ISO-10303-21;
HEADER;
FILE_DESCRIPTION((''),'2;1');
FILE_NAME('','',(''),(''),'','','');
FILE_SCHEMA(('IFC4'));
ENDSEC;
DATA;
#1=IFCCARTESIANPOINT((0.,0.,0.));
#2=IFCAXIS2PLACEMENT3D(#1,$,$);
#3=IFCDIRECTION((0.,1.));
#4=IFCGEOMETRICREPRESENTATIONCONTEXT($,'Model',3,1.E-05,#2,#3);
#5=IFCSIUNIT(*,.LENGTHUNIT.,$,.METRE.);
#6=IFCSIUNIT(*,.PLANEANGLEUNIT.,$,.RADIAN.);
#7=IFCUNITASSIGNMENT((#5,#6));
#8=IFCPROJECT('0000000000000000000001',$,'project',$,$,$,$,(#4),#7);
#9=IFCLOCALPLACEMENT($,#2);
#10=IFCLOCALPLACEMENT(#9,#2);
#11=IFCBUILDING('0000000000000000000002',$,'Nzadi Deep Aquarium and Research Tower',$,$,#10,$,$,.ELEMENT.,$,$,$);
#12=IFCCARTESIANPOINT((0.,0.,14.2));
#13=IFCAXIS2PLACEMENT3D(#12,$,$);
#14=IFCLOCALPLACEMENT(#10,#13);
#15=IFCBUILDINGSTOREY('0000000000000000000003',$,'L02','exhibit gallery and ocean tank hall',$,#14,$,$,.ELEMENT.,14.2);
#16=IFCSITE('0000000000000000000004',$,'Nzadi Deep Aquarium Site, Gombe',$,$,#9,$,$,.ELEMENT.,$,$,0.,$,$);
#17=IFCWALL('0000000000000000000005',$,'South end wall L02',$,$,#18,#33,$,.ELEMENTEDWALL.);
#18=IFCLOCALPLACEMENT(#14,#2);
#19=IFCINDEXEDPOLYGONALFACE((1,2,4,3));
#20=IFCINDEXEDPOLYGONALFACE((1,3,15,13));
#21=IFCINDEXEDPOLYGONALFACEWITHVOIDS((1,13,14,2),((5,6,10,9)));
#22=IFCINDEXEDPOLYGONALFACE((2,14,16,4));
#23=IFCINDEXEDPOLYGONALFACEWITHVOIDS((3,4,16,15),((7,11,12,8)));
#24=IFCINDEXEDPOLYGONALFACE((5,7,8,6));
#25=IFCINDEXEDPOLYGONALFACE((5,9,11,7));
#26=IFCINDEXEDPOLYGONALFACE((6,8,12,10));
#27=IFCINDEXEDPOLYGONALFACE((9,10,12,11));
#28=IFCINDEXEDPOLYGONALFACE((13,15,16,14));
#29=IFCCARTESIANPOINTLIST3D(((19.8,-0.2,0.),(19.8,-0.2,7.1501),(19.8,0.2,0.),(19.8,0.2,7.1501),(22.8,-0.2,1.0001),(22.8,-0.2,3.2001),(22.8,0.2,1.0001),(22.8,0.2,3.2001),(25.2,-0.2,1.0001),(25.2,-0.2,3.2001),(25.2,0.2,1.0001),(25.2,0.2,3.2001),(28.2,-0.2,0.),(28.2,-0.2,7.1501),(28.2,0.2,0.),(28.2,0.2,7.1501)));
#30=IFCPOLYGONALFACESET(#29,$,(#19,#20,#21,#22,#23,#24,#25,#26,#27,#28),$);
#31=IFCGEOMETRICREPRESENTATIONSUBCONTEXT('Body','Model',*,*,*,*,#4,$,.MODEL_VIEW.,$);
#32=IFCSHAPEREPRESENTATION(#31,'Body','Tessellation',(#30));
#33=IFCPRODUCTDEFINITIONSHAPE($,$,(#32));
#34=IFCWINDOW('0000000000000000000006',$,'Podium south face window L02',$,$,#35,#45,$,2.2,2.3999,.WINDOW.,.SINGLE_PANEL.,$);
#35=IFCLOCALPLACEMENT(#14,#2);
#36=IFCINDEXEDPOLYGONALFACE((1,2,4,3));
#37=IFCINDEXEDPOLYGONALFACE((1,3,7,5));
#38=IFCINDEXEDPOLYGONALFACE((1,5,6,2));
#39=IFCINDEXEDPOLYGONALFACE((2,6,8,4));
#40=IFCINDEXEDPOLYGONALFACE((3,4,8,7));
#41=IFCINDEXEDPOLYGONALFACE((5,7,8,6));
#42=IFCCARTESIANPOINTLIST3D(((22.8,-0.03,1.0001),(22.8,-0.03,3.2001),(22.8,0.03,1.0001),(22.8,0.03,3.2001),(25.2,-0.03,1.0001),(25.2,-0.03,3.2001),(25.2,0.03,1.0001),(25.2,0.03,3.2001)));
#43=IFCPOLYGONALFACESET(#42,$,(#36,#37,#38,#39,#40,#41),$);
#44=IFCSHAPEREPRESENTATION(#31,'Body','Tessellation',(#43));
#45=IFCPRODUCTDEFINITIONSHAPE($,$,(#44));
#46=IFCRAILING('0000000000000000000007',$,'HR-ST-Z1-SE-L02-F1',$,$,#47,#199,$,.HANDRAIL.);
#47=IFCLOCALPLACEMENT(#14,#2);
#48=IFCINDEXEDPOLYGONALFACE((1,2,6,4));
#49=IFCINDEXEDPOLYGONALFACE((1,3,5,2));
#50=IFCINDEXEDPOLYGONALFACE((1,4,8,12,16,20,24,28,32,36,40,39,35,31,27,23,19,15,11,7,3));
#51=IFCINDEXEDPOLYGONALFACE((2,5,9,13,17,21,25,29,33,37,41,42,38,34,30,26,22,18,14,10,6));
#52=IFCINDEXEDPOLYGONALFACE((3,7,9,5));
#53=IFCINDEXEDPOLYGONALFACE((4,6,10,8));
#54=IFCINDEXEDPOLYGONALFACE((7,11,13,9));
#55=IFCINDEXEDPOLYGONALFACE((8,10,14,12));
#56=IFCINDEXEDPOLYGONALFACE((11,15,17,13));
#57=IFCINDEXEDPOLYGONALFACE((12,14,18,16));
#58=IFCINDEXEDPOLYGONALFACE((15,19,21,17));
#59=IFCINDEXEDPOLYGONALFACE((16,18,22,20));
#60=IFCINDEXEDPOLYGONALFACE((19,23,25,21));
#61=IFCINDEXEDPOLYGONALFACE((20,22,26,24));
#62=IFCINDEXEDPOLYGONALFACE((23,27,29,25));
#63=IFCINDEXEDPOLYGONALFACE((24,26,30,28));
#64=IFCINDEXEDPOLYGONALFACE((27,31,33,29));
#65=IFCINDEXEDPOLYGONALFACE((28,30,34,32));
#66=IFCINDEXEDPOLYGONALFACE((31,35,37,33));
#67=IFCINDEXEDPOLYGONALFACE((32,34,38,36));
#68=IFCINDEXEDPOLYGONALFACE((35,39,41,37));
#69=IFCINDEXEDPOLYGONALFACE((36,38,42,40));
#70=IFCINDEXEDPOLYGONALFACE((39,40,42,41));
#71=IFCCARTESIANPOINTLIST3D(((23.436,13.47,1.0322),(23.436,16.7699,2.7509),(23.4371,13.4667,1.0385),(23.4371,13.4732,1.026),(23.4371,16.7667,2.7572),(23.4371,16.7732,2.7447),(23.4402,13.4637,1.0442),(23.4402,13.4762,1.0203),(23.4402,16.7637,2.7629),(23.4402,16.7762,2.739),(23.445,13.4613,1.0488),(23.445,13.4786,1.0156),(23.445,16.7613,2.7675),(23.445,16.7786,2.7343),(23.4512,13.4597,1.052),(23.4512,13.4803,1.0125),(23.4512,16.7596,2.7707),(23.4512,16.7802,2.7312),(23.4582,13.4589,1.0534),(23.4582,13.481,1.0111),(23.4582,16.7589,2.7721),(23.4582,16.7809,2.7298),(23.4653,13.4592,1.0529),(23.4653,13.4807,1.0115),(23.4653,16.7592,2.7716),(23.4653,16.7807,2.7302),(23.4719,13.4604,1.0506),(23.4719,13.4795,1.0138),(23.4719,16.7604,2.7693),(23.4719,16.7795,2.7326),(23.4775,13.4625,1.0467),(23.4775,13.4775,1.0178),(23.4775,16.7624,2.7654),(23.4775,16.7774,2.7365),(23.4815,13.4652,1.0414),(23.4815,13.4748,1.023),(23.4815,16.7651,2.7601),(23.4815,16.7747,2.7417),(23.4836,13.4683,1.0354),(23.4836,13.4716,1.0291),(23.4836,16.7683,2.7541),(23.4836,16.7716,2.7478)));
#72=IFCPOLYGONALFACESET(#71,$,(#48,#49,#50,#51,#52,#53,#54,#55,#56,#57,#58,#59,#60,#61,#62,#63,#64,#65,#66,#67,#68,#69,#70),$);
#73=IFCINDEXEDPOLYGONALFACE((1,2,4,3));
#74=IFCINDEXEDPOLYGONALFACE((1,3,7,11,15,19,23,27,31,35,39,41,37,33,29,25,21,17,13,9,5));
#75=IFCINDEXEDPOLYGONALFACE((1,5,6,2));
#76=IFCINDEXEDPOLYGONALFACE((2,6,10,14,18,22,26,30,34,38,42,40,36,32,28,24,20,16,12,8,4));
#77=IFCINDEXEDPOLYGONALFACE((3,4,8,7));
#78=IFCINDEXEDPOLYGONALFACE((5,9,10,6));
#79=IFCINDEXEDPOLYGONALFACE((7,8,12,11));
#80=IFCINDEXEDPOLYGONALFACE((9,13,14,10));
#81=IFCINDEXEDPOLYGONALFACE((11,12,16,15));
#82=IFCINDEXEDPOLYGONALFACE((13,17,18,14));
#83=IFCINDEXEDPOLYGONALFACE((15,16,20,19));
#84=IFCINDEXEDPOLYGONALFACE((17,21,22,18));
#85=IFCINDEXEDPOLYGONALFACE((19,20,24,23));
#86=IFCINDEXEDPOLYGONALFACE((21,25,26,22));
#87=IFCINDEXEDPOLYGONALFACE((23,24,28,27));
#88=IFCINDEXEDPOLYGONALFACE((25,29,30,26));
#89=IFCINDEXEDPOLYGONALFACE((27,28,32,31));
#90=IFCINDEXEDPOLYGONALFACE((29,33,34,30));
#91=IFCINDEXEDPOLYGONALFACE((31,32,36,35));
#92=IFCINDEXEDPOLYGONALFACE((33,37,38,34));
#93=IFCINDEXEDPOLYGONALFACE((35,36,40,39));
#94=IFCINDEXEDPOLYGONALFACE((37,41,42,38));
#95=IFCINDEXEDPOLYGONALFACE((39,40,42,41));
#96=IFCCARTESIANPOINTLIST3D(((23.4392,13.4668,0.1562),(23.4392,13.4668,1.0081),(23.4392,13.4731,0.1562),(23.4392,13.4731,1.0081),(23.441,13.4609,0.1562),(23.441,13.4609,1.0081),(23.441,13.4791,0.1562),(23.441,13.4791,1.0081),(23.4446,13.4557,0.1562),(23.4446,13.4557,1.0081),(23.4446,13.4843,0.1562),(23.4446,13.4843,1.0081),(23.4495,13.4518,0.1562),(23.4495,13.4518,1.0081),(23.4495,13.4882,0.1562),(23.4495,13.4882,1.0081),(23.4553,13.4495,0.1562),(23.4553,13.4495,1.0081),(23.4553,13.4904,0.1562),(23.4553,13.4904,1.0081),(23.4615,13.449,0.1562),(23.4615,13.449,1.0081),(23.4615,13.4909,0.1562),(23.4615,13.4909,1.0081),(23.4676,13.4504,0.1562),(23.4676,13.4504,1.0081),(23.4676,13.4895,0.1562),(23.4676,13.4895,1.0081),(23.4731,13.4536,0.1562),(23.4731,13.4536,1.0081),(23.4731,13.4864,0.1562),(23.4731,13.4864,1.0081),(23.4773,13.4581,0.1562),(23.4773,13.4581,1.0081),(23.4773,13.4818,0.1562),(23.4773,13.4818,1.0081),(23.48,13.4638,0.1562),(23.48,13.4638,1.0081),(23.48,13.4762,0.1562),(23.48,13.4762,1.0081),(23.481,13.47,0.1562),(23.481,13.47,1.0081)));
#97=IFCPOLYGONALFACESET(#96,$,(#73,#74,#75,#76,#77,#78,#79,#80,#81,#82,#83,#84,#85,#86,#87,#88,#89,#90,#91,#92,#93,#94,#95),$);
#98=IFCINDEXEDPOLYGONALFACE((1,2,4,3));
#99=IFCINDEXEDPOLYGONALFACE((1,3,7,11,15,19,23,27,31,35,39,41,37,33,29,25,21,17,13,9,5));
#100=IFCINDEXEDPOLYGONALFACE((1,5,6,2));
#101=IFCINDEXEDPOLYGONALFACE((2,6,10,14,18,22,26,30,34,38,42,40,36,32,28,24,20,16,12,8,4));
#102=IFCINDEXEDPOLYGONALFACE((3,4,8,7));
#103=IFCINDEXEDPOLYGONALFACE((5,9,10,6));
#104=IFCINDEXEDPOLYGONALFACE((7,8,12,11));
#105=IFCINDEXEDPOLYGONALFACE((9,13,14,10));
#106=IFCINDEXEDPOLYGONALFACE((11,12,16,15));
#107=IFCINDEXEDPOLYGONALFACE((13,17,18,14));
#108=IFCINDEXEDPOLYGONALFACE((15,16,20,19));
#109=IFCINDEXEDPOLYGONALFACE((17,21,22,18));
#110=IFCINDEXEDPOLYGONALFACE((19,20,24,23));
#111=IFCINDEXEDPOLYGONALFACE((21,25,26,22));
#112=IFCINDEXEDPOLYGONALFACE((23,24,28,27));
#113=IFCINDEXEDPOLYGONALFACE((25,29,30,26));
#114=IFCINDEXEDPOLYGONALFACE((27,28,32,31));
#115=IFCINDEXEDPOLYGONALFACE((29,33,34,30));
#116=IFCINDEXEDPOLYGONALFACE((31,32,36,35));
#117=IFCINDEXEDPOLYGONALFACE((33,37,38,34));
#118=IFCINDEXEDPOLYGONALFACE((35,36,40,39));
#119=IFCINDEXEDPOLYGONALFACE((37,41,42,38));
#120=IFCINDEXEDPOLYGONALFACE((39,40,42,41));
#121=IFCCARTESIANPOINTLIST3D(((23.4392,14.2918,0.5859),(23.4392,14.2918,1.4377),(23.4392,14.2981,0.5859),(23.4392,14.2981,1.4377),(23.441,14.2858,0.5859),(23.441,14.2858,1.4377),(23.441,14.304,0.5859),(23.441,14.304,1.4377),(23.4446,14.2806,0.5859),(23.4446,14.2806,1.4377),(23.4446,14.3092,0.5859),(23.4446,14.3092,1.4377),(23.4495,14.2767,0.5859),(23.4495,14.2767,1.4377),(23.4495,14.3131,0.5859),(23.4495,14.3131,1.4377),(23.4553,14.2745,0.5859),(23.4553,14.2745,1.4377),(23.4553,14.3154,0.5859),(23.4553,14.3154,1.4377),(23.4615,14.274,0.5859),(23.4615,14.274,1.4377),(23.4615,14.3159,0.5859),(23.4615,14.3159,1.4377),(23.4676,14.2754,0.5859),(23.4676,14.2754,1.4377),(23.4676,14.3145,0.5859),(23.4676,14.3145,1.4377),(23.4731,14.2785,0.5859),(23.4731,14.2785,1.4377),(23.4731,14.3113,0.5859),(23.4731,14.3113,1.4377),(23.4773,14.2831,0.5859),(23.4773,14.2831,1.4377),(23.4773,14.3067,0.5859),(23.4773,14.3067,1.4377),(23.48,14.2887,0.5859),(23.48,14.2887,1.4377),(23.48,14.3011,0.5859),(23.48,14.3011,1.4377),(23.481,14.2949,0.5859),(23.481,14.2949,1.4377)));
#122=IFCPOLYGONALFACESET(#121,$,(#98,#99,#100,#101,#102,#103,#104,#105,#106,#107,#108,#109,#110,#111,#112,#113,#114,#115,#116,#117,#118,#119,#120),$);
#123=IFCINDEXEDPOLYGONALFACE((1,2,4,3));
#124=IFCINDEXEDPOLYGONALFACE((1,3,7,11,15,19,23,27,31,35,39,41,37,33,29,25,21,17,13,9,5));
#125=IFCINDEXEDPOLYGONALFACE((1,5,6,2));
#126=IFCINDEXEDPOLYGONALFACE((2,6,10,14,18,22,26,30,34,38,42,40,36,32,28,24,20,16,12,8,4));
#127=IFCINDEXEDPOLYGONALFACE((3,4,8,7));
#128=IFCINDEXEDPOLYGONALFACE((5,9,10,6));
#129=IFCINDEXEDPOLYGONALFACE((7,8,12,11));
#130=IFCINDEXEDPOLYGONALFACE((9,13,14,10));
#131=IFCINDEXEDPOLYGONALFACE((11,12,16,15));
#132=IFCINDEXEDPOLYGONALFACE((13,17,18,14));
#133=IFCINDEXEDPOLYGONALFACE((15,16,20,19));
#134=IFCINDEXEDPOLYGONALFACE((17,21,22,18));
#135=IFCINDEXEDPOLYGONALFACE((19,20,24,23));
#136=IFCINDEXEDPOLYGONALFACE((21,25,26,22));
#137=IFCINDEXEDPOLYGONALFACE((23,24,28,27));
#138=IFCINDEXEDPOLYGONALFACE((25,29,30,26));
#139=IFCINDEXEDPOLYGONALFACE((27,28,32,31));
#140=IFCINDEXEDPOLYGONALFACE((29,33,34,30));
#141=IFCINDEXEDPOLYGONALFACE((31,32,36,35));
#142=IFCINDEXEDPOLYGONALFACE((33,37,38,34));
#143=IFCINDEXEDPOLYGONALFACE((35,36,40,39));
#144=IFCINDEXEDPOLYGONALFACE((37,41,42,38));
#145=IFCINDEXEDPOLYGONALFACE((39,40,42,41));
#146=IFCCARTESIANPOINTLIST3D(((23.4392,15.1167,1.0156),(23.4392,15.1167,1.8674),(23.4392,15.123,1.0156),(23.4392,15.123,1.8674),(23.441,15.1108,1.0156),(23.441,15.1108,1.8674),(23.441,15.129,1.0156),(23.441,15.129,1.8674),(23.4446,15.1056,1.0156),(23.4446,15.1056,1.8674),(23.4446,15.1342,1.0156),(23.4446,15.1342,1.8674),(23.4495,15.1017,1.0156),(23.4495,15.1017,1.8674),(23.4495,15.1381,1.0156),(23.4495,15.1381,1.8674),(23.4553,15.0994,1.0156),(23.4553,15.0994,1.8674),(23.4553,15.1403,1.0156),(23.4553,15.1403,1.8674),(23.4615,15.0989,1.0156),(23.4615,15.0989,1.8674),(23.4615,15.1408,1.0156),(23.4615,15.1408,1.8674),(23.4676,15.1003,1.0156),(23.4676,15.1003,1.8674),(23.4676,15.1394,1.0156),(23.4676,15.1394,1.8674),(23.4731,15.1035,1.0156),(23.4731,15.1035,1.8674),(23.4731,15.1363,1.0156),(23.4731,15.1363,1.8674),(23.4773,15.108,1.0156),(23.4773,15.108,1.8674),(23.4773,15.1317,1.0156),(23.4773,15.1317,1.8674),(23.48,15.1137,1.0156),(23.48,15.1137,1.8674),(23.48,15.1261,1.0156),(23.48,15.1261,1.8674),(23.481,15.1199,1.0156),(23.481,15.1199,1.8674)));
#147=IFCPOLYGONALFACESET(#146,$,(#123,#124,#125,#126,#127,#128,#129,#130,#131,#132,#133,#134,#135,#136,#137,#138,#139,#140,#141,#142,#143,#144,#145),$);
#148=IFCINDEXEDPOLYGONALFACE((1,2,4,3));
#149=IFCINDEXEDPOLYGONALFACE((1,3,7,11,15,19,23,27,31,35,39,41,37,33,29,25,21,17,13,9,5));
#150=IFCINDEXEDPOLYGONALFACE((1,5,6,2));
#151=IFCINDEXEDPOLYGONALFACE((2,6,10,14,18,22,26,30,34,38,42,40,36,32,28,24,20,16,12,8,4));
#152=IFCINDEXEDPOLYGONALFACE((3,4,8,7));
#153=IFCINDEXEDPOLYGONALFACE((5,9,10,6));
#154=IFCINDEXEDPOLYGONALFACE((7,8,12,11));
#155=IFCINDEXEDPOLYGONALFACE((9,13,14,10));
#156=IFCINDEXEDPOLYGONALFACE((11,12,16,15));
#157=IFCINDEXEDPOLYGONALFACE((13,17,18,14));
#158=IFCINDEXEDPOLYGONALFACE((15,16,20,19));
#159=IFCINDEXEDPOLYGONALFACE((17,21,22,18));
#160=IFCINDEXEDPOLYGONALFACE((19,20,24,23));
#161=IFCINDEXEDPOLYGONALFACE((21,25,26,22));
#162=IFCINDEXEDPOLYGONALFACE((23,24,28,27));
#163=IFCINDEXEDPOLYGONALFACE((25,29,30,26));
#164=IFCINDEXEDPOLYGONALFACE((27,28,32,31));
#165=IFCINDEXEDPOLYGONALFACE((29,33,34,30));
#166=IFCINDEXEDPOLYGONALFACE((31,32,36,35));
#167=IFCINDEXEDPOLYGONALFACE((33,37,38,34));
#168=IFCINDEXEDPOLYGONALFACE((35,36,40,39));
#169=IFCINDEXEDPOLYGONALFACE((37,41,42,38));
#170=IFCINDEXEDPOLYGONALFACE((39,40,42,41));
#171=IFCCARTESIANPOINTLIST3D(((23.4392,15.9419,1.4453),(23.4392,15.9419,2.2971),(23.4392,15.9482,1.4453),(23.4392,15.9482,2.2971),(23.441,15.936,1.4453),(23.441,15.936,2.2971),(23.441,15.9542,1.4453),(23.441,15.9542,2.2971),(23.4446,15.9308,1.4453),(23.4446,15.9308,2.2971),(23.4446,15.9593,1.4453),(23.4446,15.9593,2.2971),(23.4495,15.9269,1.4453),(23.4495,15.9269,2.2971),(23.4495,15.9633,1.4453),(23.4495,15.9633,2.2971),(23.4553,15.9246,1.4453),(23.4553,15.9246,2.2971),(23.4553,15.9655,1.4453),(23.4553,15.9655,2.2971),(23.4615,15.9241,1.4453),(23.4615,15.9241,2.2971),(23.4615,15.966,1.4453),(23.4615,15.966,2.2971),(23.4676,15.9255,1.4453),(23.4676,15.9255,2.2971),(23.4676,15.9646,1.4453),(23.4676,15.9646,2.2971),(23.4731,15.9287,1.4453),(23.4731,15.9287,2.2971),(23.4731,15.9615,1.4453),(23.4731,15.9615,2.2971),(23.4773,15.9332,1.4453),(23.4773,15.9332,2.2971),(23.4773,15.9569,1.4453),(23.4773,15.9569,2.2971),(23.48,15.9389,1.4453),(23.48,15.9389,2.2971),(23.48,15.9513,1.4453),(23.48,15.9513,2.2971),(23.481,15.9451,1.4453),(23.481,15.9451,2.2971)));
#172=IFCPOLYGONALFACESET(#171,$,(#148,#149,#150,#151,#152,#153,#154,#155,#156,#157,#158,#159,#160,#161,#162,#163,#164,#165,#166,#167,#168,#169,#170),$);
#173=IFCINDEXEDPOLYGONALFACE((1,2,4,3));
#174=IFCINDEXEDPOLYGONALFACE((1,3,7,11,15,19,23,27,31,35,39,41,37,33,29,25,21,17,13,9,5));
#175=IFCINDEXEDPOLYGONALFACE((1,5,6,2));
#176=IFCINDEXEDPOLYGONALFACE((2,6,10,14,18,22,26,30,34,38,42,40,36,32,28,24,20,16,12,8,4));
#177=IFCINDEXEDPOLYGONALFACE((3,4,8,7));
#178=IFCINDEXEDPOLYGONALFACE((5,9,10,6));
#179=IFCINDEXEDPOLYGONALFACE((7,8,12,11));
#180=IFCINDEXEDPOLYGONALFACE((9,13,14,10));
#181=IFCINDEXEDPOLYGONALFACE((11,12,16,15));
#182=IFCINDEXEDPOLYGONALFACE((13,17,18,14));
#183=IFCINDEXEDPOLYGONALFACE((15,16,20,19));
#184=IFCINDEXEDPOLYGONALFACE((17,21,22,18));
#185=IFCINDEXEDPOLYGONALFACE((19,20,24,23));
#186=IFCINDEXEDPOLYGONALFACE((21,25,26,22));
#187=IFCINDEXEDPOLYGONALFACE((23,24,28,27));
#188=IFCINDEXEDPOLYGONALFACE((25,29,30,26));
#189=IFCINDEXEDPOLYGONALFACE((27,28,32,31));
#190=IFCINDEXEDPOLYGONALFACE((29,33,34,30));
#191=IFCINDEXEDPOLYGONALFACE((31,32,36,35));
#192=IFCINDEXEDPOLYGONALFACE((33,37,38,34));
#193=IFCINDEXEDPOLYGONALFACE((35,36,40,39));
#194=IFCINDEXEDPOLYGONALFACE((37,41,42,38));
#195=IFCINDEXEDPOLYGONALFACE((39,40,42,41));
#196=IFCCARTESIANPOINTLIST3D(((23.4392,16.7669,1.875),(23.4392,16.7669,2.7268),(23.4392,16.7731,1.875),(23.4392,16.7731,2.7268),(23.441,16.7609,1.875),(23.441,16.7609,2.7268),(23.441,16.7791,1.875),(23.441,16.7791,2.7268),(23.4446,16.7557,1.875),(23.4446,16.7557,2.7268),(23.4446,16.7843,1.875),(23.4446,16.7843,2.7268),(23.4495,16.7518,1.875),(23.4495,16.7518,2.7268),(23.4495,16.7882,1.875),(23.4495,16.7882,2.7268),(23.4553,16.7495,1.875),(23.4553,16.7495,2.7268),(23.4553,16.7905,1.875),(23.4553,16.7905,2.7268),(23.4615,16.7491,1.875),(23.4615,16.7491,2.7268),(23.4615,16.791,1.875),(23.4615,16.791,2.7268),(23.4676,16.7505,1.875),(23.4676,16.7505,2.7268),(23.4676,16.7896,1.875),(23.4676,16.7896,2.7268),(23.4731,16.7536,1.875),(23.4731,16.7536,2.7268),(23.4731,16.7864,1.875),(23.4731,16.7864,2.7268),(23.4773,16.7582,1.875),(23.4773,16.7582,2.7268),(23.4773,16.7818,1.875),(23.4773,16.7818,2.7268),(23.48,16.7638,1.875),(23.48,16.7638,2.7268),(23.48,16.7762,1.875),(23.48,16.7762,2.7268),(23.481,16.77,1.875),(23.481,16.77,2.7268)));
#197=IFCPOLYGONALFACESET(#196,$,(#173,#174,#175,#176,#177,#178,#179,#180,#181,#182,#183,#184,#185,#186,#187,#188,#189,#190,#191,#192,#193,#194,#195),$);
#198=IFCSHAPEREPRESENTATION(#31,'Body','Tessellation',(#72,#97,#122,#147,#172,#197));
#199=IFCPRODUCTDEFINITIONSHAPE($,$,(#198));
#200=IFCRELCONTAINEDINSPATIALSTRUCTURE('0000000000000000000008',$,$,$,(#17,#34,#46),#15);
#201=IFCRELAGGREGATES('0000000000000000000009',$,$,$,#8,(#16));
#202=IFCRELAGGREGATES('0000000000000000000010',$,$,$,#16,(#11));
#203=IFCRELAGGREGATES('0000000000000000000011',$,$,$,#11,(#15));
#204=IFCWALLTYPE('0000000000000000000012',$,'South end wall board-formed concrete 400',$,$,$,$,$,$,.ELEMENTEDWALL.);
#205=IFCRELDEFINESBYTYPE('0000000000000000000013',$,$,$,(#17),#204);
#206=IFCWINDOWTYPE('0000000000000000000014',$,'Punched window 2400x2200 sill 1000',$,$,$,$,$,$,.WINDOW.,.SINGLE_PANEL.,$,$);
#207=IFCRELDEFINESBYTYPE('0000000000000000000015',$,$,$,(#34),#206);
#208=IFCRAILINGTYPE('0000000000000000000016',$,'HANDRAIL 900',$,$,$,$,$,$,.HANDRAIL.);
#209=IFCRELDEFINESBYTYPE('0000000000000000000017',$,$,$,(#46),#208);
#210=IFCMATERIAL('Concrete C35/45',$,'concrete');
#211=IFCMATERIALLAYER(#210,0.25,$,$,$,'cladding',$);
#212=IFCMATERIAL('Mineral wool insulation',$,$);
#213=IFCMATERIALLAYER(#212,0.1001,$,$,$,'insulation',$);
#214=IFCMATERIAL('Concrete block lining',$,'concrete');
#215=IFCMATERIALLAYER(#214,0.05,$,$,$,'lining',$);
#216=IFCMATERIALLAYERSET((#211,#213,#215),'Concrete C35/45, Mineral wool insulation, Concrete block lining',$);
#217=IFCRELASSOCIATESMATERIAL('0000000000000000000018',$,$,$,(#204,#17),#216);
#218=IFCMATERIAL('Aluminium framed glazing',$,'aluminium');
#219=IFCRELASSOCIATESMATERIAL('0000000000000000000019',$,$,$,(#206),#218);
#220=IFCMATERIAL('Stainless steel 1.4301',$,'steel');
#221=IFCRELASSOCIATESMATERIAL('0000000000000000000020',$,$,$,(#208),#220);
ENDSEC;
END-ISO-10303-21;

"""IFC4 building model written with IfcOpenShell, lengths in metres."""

from ifc_helpers import new_model, si_unit, direction, frame, frame_2d, origin, origin_2d, place, context, subcontext, project, spatial, rectangle, circle, extrude, material, layer, layer_set, layer_usage, type_object, element, fill, save


model = new_model("IFC4")

# Units and contexts
model_context = context("Model", 3, precision=1e-05, world=origin(), true_north=direction((0.0, 1.0)))
body_context = subcontext(model_context, "Body", "Model", "MODEL_VIEW")
ifc_project = project(units=[si_unit("LENGTHUNIT", "METRE"), si_unit("PLANEANGLEUNIT", "RADIAN")], contexts=[model_context])

# Site, building, storey
site_placement = place(None, origin())
site = spatial("IfcSite", under=ifc_project, at=site_placement, Name="Nzadi Deep Aquarium Site, Gombe", CompositionType="ELEMENT", RefElevation=0.0)
building_placement = place(site_placement, origin())
building = spatial("IfcBuilding", under=site, at=building_placement, Name="Nzadi Deep Aquarium and Research Tower", CompositionType="ELEMENT")
storey_placement = place(building_placement, frame((0.0, 0.0, 14.2)))
storey = spatial("IfcBuildingStorey", under=building, at=storey_placement, Name="L02", Description="exhibit gallery and ocean tank hall", CompositionType="ELEMENT", Elevation=14.2)

# Wall, opening, window
ifc_material_1 = material(Name="Concrete C35/45", Category="concrete")
ifc_layer_1 = layer(ifc_material_1, 0.25, Category="cladding")
ifc_material_2 = material(Name="Mineral wool insulation")
ifc_layer_2 = layer(ifc_material_2, 0.1001, Category="insulation")
ifc_material_3 = material(Name="Concrete block lining", Category="concrete")
ifc_layer_3 = layer(ifc_material_3, 0.05, Category="lining")
ifc_layer_set_1 = layer_set([ifc_layer_1, ifc_layer_2, ifc_layer_3], Name="Concrete C35/45, Mineral wool insulation, Concrete block lining")
ifc_layer_usage = layer_usage(ifc_layer_set_1, "AXIS2", "POSITIVE", -0.2)
wall_type_1 = type_object("IfcWallType", Name="South end wall board-formed concrete 400", PredefinedType="ELEMENTEDWALL", material=ifc_layer_set_1)
wall_1_placement = place(storey_placement, frame((19.8, 0.0, 0.0), z_axis=(0.0, 0.0, 1.0), x_axis=(1.0, 0.0, 0.0)))
wall_1 = element("IfcWall", 1, at=wall_1_placement, inside=storey, type_object=wall_type_1, material=ifc_layer_usage, Name="South end wall L02", PredefinedType="ELEMENTEDWALL", context=body_context, shape_type="SweptSolid", body=[
    extrude(rectangle(XDim=8.3999, YDim=0.3999, at=frame_2d((4.2, 0.0))), origin(), (0.0, 0.0, 1.0), 7.1501),
])
opening_1_placement = place(wall_1_placement, frame((3.0, 0.0, 1.0)))
opening_1 = element("IfcOpeningElement", 2, at=opening_1_placement, cuts=wall_1, PredefinedType="OPENING", context=body_context, shape_type="SweptSolid", body=[
    extrude(rectangle(XDim=2.3999, YDim=2.2, at=frame_2d((1.2, 1.1001))), frame((0.0, 0.21, 0.0), z_axis=(0.0, -1.0, 0.0), x_axis=(1.0, 0.0, 0.0)), (0.0, 0.0, 1.0), 0.4199),
])
ifc_material_4 = material(Name="Aluminium framed glazing", Category="aluminium")
window_type = type_object("IfcWindowType", Name="Punched window 2400x2200 sill 1000", PartitioningType="SINGLE_PANEL", PredefinedType="WINDOW", material=ifc_material_4)
window_placement = place(opening_1_placement, origin())
window = element("IfcWindow", 3, at=window_placement, inside=storey, type_object=window_type, Name="Podium south face window L02", OverallHeight=2.2, OverallWidth=2.3999, PartitioningType="SINGLE_PANEL", PredefinedType="WINDOW", context=body_context, shape_type="SweptSolid", body=[
    extrude(rectangle(XDim=2.3999, YDim=2.2, at=frame_2d((1.2, 1.1001))), frame((0.0, 0.03, 0.0), z_axis=(0.0, -1.0, 0.0), x_axis=(1.0, 0.0, 0.0)), (0.0, 0.0, 1.0), 0.0601),
])
fill(opening_1, window)

# Railing
ifc_material_5 = material(Name="Stainless steel 1.4301", Category="steel")
railing_type = type_object("IfcRailingType", Name="HANDRAIL 900", PredefinedType="HANDRAIL", material=ifc_material_5)
for number, where, name in (
    (4, (23.46, 13.47, 0.1562), "HR-ST-Z1-SE-L02-F1"),
):
    element("IfcRailing", number, at=place(storey_placement, frame(where)), inside=storey, type_object=railing_type, Name=name, PredefinedType="HANDRAIL", context=body_context, shape_type="SweptSolid", body=[
        extrude(circle(Radius=0.0239, at=origin_2d()), frame((0.0, 0.0, 0.876), z_axis=(0.0, 0.886917, 0.461929), x_axis=(-1.0, 0.0, 0.0)), (0.0, 0.0, 1.0), 3.7207),
        extrude(circle(Radius=0.021, at=origin_2d()), origin(), (0.0, 0.0, 1.0), 0.8518),
        extrude(circle(Radius=0.021, at=origin_2d()), frame((0.0, 0.825, 0.4297)), (0.0, 0.0, 1.0), 0.8518),
        extrude(circle(Radius=0.021, at=origin_2d()), frame((0.0, 1.6499, 0.8594)), (0.0, 0.0, 1.0), 0.8518),
        extrude(circle(Radius=0.021, at=origin_2d()), frame((0.0, 2.4751, 1.2891)), (0.0, 0.0, 1.0), 0.8518),
        extrude(circle(Radius=0.021, at=origin_2d()), frame((0.0, 3.3, 1.7188)), (0.0, 0.0, 1.0), 0.8518),
    ])

save(model, "model.ifc")
